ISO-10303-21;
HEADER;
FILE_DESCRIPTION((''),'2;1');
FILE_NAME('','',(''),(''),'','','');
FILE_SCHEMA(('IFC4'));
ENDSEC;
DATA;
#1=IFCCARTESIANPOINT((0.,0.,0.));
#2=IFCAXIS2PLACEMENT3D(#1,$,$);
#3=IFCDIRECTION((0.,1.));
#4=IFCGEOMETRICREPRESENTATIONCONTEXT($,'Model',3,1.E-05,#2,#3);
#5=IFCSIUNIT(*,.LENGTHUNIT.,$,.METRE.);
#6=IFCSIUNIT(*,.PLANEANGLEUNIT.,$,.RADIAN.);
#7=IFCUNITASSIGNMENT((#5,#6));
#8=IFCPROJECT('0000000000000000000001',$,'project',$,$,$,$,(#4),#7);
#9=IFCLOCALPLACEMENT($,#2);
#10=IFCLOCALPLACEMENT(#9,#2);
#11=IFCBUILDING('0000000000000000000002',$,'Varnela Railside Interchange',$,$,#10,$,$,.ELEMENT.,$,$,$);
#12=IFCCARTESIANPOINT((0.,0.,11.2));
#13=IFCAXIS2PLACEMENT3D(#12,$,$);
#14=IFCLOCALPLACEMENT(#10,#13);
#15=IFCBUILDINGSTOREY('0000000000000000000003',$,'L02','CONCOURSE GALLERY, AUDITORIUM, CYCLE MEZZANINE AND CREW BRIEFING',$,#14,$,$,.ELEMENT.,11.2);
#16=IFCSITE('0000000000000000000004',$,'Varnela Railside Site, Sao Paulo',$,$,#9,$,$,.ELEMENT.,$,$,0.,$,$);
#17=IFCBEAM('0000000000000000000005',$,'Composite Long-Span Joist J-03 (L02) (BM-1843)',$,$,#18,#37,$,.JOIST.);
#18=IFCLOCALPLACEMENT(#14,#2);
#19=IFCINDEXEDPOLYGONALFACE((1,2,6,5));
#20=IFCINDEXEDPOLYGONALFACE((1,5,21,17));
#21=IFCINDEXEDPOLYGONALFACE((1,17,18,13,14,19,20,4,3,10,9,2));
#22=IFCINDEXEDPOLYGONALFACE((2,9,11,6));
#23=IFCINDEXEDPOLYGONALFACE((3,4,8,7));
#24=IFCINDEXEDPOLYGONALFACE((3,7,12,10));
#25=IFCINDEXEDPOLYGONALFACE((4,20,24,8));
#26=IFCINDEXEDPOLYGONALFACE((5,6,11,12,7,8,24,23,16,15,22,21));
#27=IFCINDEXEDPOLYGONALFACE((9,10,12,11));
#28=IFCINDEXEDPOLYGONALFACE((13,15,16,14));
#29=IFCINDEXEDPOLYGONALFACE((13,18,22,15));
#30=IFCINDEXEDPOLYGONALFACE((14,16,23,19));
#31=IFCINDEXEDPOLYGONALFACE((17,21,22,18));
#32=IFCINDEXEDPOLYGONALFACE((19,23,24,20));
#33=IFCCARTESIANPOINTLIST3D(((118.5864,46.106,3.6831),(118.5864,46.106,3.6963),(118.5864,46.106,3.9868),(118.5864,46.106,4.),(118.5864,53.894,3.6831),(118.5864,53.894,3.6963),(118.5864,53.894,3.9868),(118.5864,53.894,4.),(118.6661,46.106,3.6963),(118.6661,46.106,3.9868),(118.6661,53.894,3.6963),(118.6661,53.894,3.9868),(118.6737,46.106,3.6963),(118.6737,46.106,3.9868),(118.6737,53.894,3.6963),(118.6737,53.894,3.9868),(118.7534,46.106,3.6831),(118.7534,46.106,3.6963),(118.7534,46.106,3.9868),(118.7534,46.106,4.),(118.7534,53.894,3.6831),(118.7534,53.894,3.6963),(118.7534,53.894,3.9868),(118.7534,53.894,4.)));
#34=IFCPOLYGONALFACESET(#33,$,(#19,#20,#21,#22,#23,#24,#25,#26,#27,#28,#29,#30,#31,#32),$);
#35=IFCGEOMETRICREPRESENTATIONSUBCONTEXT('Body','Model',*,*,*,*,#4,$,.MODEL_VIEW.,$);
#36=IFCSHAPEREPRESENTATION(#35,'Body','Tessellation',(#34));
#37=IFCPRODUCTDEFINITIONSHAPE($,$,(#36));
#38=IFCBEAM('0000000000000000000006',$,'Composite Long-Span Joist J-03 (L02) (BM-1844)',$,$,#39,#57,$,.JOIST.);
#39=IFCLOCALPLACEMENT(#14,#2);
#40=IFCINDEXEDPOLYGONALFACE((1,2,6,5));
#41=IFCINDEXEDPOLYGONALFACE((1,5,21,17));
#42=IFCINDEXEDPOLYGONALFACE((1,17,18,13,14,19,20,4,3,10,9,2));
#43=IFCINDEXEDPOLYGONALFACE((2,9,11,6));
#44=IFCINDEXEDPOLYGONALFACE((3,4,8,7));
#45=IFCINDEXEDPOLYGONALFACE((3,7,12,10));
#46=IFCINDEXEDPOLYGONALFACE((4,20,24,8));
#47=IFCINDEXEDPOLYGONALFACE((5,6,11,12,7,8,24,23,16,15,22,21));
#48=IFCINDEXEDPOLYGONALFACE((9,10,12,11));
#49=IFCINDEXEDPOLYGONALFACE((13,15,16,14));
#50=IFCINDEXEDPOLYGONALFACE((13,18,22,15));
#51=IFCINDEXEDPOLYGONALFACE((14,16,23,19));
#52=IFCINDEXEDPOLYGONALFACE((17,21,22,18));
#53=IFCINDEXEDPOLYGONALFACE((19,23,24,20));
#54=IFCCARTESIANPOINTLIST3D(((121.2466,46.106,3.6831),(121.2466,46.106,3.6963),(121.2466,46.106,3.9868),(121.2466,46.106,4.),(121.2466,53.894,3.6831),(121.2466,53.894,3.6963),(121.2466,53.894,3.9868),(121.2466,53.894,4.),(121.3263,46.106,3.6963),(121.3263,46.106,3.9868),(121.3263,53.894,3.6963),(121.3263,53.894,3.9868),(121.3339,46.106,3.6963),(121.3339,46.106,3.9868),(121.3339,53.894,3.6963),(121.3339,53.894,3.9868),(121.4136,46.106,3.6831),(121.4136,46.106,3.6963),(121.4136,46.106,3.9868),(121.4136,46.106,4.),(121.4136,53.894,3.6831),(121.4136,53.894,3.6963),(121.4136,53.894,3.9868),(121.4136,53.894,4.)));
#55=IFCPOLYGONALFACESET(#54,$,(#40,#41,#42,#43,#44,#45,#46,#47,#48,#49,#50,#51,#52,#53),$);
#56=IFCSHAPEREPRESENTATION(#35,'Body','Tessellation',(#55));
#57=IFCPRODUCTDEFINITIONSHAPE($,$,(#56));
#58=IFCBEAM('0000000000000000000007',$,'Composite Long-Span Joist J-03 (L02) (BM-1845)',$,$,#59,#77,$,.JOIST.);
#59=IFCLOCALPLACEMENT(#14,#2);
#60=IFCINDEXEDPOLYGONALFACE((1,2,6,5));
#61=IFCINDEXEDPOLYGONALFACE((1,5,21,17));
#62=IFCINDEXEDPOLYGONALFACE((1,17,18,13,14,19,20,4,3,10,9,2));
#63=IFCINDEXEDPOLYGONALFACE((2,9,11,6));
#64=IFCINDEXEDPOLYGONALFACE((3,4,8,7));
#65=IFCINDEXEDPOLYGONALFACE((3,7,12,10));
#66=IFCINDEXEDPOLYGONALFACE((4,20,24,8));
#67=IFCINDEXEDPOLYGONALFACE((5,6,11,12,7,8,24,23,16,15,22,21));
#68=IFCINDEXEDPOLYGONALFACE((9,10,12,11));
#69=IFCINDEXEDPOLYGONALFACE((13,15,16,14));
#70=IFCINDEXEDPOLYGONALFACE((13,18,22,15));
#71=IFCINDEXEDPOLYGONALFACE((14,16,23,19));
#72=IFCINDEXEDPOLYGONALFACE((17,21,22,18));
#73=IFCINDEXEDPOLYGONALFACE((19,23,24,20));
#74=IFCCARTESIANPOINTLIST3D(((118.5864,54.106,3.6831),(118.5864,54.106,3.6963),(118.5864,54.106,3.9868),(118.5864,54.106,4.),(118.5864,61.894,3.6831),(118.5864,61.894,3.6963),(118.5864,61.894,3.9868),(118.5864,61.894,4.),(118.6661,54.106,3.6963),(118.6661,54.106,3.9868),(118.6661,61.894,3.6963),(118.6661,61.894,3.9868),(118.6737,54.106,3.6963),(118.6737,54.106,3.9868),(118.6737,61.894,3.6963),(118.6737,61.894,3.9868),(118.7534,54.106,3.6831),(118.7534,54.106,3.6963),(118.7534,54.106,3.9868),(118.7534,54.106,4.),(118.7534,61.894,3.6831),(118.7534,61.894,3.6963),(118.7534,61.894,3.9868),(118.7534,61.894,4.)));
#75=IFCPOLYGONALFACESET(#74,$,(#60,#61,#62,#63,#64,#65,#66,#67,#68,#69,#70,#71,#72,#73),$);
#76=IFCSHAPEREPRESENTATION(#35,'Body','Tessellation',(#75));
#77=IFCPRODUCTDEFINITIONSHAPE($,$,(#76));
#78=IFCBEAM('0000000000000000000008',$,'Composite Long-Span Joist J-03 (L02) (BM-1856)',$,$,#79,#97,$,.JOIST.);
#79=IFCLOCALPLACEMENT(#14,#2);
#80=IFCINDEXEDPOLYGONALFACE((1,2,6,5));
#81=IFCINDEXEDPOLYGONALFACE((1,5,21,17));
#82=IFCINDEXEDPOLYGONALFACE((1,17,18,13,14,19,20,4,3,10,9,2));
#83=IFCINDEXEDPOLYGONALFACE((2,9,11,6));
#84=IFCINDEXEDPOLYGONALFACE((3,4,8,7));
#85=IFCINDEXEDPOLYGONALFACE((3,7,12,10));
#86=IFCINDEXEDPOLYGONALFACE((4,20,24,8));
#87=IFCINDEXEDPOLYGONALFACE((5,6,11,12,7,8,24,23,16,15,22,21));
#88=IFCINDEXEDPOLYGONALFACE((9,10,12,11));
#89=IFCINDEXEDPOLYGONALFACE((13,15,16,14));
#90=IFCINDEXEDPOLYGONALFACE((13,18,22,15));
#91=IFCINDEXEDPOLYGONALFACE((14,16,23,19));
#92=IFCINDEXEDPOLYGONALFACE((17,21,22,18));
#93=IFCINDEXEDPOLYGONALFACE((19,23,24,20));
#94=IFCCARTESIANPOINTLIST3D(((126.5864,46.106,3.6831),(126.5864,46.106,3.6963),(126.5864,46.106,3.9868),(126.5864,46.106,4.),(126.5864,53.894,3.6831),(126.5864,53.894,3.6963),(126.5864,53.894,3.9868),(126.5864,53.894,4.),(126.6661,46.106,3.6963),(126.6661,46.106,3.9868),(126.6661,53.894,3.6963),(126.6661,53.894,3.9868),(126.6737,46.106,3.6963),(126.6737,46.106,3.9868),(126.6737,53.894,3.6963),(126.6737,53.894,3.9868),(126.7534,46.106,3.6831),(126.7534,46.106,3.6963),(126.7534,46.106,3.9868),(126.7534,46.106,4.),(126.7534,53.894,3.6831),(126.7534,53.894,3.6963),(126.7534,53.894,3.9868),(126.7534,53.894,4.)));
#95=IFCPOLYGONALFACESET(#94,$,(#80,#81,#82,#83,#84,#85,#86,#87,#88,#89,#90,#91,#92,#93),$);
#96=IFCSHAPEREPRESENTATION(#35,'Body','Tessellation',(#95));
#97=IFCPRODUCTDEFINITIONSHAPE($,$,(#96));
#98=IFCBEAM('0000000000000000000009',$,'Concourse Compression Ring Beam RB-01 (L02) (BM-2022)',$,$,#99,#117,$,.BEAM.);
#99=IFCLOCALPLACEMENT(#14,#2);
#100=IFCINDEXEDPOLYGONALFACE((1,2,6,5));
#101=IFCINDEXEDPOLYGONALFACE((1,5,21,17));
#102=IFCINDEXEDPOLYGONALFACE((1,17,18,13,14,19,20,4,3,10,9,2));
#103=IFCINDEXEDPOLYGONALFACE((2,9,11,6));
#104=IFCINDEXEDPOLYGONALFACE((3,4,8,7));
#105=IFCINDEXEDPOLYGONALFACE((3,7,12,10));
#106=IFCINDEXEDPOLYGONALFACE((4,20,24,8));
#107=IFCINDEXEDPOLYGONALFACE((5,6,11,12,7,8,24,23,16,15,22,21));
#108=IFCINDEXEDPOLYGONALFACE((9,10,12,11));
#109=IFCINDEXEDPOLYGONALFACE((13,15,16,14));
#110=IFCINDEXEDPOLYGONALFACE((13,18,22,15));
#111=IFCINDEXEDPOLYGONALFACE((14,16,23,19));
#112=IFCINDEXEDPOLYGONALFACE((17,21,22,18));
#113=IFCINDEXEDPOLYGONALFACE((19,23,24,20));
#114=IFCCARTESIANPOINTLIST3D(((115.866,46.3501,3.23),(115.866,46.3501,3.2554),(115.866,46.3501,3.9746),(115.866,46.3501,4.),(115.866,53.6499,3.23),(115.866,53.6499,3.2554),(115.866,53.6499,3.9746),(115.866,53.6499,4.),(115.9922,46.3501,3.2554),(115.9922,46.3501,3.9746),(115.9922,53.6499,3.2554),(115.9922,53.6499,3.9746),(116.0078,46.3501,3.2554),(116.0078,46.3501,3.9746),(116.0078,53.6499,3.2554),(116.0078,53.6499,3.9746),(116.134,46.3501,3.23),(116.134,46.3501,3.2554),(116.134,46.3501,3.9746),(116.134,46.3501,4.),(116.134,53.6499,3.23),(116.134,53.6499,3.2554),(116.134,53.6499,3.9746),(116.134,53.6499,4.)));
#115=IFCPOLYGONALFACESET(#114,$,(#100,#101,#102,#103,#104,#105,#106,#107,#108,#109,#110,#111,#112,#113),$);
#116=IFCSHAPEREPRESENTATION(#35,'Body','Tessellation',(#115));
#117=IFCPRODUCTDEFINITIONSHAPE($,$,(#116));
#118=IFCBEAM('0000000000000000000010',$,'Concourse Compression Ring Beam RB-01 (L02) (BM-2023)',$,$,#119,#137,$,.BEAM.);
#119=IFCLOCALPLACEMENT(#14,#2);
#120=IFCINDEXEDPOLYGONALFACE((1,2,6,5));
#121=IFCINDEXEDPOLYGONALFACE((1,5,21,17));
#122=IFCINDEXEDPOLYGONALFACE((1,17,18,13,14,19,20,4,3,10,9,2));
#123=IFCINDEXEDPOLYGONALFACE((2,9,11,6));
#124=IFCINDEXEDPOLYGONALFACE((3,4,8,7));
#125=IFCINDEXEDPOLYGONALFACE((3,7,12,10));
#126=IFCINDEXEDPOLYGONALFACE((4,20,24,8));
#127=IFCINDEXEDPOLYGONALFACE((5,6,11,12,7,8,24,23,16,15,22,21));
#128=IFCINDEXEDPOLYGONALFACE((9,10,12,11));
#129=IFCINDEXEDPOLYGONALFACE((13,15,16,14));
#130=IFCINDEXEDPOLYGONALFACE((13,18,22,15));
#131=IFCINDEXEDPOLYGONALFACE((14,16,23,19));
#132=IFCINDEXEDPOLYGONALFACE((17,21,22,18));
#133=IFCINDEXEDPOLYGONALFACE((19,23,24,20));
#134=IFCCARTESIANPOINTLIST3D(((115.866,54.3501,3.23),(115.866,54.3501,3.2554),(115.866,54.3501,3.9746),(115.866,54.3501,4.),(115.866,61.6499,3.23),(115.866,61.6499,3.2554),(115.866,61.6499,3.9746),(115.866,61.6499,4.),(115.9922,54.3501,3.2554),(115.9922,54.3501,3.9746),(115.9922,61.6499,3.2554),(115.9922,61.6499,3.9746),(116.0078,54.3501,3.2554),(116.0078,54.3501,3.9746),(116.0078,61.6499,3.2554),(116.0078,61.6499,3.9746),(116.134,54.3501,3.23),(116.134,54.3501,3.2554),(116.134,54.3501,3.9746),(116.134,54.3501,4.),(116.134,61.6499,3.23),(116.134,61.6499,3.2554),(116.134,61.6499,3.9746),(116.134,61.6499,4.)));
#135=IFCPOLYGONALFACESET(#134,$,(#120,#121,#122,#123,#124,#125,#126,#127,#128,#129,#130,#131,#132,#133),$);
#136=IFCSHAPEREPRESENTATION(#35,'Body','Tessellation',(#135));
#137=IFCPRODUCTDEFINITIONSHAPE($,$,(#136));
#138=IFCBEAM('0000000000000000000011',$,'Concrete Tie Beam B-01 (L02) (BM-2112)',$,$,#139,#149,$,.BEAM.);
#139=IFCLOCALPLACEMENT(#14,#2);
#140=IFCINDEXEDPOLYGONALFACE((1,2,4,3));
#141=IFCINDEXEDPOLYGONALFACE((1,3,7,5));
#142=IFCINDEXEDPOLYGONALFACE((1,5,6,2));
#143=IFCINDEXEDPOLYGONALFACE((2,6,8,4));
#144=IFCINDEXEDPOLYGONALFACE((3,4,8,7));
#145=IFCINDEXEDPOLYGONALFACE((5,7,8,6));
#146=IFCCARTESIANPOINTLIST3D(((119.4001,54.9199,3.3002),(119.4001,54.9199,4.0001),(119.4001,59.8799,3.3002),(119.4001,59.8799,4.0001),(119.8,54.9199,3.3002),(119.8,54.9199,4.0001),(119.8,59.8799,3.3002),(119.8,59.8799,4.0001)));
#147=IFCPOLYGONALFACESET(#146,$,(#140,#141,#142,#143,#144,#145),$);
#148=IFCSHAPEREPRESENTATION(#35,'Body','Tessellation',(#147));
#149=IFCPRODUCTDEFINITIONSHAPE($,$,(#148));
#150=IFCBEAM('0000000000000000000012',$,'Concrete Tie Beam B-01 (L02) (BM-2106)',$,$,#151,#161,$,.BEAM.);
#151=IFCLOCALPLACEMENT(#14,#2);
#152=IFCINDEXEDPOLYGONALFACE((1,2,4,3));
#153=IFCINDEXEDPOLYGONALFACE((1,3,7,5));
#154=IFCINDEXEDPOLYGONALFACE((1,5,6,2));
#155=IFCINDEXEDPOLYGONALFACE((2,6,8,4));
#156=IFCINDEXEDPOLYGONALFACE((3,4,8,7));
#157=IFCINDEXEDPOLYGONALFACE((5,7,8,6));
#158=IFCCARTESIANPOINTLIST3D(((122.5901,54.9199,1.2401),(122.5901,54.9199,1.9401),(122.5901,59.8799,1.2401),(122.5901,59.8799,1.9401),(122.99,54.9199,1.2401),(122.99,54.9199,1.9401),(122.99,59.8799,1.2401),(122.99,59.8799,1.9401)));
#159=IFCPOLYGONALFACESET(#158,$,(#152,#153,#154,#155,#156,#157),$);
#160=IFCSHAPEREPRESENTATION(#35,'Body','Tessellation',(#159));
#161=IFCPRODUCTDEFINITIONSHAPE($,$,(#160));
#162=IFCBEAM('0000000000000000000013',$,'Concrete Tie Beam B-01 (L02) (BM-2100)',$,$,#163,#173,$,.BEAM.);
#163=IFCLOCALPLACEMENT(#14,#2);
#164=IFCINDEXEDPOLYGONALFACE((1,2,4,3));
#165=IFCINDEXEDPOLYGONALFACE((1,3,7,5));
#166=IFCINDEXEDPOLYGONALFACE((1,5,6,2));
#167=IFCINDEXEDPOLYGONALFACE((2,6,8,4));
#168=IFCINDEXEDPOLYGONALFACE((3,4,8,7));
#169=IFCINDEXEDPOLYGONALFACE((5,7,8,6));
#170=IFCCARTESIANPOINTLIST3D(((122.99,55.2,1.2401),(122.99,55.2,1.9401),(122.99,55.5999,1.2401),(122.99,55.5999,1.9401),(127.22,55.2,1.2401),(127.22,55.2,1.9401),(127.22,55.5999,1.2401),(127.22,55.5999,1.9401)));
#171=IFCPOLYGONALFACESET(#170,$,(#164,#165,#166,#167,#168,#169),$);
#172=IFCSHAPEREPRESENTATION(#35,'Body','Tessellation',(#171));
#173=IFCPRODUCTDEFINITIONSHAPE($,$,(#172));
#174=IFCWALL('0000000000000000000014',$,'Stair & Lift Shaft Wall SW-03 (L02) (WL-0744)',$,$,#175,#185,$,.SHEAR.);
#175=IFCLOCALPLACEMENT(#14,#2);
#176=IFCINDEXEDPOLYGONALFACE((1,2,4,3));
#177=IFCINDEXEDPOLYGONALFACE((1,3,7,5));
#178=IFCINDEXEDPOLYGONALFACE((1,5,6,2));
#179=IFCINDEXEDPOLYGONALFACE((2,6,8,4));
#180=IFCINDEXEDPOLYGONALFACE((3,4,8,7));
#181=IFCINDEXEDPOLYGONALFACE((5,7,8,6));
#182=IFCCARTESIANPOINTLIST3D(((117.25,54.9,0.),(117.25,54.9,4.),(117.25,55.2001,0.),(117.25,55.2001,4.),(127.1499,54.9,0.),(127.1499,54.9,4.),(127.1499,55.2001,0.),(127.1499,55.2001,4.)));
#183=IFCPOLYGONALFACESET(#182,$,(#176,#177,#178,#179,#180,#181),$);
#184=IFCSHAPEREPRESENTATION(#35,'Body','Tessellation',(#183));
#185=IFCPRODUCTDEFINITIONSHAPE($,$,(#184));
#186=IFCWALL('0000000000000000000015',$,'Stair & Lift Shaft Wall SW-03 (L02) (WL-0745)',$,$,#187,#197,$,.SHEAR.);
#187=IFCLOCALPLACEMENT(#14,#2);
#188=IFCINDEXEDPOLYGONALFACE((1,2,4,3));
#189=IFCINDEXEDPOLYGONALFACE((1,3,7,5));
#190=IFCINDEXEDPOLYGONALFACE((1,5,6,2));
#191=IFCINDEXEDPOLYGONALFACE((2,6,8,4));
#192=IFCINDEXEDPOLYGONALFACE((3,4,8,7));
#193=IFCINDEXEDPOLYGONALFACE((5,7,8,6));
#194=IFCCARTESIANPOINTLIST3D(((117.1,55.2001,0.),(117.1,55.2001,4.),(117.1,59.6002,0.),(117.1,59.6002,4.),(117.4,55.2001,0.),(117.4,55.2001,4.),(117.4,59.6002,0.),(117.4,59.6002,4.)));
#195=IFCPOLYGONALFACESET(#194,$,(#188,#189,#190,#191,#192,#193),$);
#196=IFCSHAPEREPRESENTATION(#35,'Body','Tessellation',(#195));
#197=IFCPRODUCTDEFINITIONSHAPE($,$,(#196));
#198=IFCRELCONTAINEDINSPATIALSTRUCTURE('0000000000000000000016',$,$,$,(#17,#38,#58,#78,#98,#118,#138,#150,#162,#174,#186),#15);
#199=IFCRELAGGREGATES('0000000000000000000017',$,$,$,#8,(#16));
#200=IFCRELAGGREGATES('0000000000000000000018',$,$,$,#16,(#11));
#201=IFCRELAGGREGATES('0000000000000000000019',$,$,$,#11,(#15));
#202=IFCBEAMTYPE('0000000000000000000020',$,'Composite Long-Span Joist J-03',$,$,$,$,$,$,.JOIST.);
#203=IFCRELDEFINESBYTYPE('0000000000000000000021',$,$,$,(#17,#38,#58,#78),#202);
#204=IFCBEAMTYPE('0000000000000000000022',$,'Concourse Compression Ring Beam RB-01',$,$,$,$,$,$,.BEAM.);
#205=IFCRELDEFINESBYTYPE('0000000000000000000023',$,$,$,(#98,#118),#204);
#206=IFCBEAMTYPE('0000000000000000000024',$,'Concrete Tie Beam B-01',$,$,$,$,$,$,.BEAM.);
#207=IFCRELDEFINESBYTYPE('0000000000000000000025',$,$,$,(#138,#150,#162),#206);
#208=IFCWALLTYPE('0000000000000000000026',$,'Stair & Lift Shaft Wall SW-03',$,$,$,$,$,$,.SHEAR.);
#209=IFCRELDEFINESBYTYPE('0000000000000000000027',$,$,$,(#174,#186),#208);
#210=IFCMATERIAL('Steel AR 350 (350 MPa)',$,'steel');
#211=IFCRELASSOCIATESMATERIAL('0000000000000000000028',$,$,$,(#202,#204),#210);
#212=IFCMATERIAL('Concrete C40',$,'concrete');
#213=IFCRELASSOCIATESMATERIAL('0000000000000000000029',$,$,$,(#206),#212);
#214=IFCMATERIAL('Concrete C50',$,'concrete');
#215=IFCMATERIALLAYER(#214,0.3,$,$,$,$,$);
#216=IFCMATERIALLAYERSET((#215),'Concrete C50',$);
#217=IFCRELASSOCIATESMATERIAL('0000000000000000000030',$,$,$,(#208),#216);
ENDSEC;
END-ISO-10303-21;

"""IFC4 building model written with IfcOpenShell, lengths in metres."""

from ifc_helpers import new_model, si_unit, direction, frame, frame_2d, origin, origin_2d, place, context, subcontext, project, spatial, rectangle, i_section, extrude, material, layer, layer_set, material_profile, profile_set, type_object, element, save


model = new_model("IFC4")

# Units and contexts
model_context = context("Model", 3, precision=1e-05, world=origin(), true_north=direction((0.0, 1.0)))
body_context = subcontext(model_context, "Body", "Model", "MODEL_VIEW")
ifc_project = project(units=[si_unit("LENGTHUNIT", "METRE"), si_unit("PLANEANGLEUNIT", "RADIAN")], contexts=[model_context])

# Site, building, storey
site_placement = place(None, origin())
site = spatial("IfcSite", under=ifc_project, at=site_placement, Name="Varnela Railside Site, Sao Paulo", CompositionType="ELEMENT", RefElevation=0.0)
building_placement = place(site_placement, origin())
building = spatial("IfcBuilding", under=site, at=building_placement, Name="Varnela Railside Interchange", CompositionType="ELEMENT")
storey_placement = place(building_placement, frame((0.0, 0.0, 11.2)))
storey = spatial("IfcBuildingStorey", under=building, at=storey_placement, Name="L02", Description="CONCOURSE GALLERY, AUDITORIUM, CYCLE MEZZANINE AND CREW BRIEFING", CompositionType="ELEMENT", Elevation=11.2)

# Shared definitions
ifc_material_1 = material(Name="Concrete C50", Category="concrete")
ifc_material_2 = material(Name="Steel AR 350 (350 MPa)", Category="steel")

# Beams
ifc_material_profile_1 = material_profile(ifc_material_2, i_section(OverallWidth=0.167, OverallDepth=0.3169, WebThickness=0.0076, FlangeThickness=0.0132, at=origin_2d()), Name="W310x52")
ifc_profile_set_1 = profile_set([ifc_material_profile_1], Name="Steel AR 350 (350 MPa)")
beam_type_1 = type_object("IfcBeamType", Name="Composite Long-Span Joist J-03", PredefinedType="JOIST", material=ifc_profile_set_1)
for number, where, z_axis, x_axis, name in (
    (1, (118.6699, 46.106, 3.8416), (0.0, 1.0, 0.0), (-1.0, 0.0, 0.0), "Composite Long-Span Joist J-03 (L02) (BM-1843)"),
    (2, (121.3301, 46.106, 3.8416), (0.0, 1.0, 0.0), (-1.0, 0.0, 0.0), "Composite Long-Span Joist J-03 (L02) (BM-1844)"),
    (3, (118.6699, 54.106, 3.8416), (0.0, 1.0, 0.0), (-1.0, 0.0, 0.0), "Composite Long-Span Joist J-03 (L02) (BM-1845)"),
    (4, (126.6699, 46.106, 3.8416), (0.0, 1.0, 0.0), (-1.0, 0.0, 0.0), "Composite Long-Span Joist J-03 (L02) (BM-1856)"),
):
    element("IfcBeam", number, at=place(storey_placement, frame(where, z_axis=z_axis, x_axis=x_axis)), inside=storey, type_object=beam_type_1, Name=name, PredefinedType="JOIST", context=body_context, shape_type="SweptSolid", body=[
        extrude(i_section(OverallWidth=0.167, OverallDepth=0.3169, WebThickness=0.0076, FlangeThickness=0.0132, at=origin_2d()), origin(), (0.0, 0.0, 1.0), 7.7881),
    ])
ifc_material_profile_2 = material_profile(ifc_material_2, i_section(OverallWidth=0.2681, OverallDepth=0.77, WebThickness=0.0156, FlangeThickness=0.0254, at=origin_2d()), Name="W760x196")
ifc_profile_set_2 = profile_set([ifc_material_profile_2], Name="Steel AR 350 (350 MPa)")
beam_type_2 = type_object("IfcBeamType", Name="Concourse Compression Ring Beam RB-01", PredefinedType="BEAM", material=ifc_profile_set_2)
for number, where, z_axis, x_axis, name in (
    (5, (116.0, 46.3501, 3.615), (0.0, 1.0, 0.0), (-1.0, 0.0, 0.0), "Concourse Compression Ring Beam RB-01 (L02) (BM-2022)"),
    (6, (116.0, 54.3501, 3.615), (0.0, 1.0, 0.0), (-1.0, 0.0, 0.0), "Concourse Compression Ring Beam RB-01 (L02) (BM-2023)"),
):
    element("IfcBeam", number, at=place(storey_placement, frame(where, z_axis=z_axis, x_axis=x_axis)), inside=storey, type_object=beam_type_2, Name=name, PredefinedType="BEAM", context=body_context, shape_type="SweptSolid", body=[
        extrude(i_section(OverallWidth=0.2681, OverallDepth=0.77, WebThickness=0.0156, FlangeThickness=0.0254, at=origin_2d()), origin(), (0.0, 0.0, 1.0), 7.2998),
    ])
ifc_material_3 = material(Name="Concrete C40", Category="concrete")
ifc_material_profile_3 = material_profile(ifc_material_3, rectangle(XDim=0.3999, YDim=0.7, at=origin_2d()), Name="RC 400x700")
ifc_profile_set_3 = profile_set([ifc_material_profile_3], Name="Concrete C40")
beam_type_3 = type_object("IfcBeamType", Name="Concrete Tie Beam B-01", PredefinedType="BEAM", material=ifc_profile_set_3)
for number, where, z_axis, x_axis, name in (
    (7, (119.6001, 54.9199, 3.6501), (0.0, 1.0, 0.0), (-1.0, 0.0, 0.0), "Concrete Tie Beam B-01 (L02) (BM-2112)"),
    (8, (122.79, 54.9199, 1.5901), (0.0, 1.0, 0.0), (-1.0, 0.0, 0.0), "Concrete Tie Beam B-01 (L02) (BM-2106)"),
):
    element("IfcBeam", number, at=place(storey_placement, frame(where, z_axis=z_axis, x_axis=x_axis)), inside=storey, type_object=beam_type_3, Name=name, PredefinedType="BEAM", context=body_context, shape_type="SweptSolid", body=[
        extrude(rectangle(XDim=0.3999, YDim=0.7, at=origin_2d()), origin(), (0.0, 0.0, 1.0), 4.96),
    ])
beam_1_placement = place(storey_placement, frame((122.99, 55.3999, 1.5901), z_axis=(1.0, 0.0, 0.0), x_axis=(0.0, 1.0, 0.0)))
element("IfcBeam", 9, at=beam_1_placement, inside=storey, type_object=beam_type_3, Name="Concrete Tie Beam B-01 (L02) (BM-2100)", PredefinedType="BEAM", context=body_context, shape_type="SweptSolid", body=[
    extrude(rectangle(XDim=0.3999, YDim=0.7, at=origin_2d()), origin(), (0.0, 0.0, 1.0), 4.23),
])

# Walls
ifc_layer = layer(ifc_material_1, 0.3)
ifc_layer_set = layer_set([ifc_layer], Name="Concrete C50")
wall_type = type_object("IfcWallType", Name="Stair & Lift Shaft Wall SW-03", PredefinedType="SHEAR", material=ifc_layer_set)
wall_1_placement = place(storey_placement, frame((117.25, 55.05, 0.0), z_axis=(0.0, 0.0, 1.0), x_axis=(1.0, 0.0, 0.0)))
element("IfcWall", 10, at=wall_1_placement, inside=storey, type_object=wall_type, Name="Stair & Lift Shaft Wall SW-03 (L02) (WL-0744)", PredefinedType="SHEAR", context=body_context, shape_type="SweptSolid", body=[
    extrude(rectangle(XDim=9.8999, YDim=0.3, at=frame_2d((4.95, 0.0))), origin(), (0.0, 0.0, 1.0), 4.0),
])
wall_2_placement = place(storey_placement, frame((117.25, 55.2, 0.0), z_axis=(0.0, 0.0, 1.0), x_axis=(0.0, 1.0, 0.0)))
element("IfcWall", 11, at=wall_2_placement, inside=storey, type_object=wall_type, Name="Stair & Lift Shaft Wall SW-03 (L02) (WL-0745)", PredefinedType="SHEAR", context=body_context, shape_type="SweptSolid", body=[
    extrude(rectangle(XDim=4.4001, YDim=0.3, at=frame_2d((2.2002, 0.0))), origin(), (0.0, 0.0, 1.0), 4.0),
])

save(model, "model.ifc")
